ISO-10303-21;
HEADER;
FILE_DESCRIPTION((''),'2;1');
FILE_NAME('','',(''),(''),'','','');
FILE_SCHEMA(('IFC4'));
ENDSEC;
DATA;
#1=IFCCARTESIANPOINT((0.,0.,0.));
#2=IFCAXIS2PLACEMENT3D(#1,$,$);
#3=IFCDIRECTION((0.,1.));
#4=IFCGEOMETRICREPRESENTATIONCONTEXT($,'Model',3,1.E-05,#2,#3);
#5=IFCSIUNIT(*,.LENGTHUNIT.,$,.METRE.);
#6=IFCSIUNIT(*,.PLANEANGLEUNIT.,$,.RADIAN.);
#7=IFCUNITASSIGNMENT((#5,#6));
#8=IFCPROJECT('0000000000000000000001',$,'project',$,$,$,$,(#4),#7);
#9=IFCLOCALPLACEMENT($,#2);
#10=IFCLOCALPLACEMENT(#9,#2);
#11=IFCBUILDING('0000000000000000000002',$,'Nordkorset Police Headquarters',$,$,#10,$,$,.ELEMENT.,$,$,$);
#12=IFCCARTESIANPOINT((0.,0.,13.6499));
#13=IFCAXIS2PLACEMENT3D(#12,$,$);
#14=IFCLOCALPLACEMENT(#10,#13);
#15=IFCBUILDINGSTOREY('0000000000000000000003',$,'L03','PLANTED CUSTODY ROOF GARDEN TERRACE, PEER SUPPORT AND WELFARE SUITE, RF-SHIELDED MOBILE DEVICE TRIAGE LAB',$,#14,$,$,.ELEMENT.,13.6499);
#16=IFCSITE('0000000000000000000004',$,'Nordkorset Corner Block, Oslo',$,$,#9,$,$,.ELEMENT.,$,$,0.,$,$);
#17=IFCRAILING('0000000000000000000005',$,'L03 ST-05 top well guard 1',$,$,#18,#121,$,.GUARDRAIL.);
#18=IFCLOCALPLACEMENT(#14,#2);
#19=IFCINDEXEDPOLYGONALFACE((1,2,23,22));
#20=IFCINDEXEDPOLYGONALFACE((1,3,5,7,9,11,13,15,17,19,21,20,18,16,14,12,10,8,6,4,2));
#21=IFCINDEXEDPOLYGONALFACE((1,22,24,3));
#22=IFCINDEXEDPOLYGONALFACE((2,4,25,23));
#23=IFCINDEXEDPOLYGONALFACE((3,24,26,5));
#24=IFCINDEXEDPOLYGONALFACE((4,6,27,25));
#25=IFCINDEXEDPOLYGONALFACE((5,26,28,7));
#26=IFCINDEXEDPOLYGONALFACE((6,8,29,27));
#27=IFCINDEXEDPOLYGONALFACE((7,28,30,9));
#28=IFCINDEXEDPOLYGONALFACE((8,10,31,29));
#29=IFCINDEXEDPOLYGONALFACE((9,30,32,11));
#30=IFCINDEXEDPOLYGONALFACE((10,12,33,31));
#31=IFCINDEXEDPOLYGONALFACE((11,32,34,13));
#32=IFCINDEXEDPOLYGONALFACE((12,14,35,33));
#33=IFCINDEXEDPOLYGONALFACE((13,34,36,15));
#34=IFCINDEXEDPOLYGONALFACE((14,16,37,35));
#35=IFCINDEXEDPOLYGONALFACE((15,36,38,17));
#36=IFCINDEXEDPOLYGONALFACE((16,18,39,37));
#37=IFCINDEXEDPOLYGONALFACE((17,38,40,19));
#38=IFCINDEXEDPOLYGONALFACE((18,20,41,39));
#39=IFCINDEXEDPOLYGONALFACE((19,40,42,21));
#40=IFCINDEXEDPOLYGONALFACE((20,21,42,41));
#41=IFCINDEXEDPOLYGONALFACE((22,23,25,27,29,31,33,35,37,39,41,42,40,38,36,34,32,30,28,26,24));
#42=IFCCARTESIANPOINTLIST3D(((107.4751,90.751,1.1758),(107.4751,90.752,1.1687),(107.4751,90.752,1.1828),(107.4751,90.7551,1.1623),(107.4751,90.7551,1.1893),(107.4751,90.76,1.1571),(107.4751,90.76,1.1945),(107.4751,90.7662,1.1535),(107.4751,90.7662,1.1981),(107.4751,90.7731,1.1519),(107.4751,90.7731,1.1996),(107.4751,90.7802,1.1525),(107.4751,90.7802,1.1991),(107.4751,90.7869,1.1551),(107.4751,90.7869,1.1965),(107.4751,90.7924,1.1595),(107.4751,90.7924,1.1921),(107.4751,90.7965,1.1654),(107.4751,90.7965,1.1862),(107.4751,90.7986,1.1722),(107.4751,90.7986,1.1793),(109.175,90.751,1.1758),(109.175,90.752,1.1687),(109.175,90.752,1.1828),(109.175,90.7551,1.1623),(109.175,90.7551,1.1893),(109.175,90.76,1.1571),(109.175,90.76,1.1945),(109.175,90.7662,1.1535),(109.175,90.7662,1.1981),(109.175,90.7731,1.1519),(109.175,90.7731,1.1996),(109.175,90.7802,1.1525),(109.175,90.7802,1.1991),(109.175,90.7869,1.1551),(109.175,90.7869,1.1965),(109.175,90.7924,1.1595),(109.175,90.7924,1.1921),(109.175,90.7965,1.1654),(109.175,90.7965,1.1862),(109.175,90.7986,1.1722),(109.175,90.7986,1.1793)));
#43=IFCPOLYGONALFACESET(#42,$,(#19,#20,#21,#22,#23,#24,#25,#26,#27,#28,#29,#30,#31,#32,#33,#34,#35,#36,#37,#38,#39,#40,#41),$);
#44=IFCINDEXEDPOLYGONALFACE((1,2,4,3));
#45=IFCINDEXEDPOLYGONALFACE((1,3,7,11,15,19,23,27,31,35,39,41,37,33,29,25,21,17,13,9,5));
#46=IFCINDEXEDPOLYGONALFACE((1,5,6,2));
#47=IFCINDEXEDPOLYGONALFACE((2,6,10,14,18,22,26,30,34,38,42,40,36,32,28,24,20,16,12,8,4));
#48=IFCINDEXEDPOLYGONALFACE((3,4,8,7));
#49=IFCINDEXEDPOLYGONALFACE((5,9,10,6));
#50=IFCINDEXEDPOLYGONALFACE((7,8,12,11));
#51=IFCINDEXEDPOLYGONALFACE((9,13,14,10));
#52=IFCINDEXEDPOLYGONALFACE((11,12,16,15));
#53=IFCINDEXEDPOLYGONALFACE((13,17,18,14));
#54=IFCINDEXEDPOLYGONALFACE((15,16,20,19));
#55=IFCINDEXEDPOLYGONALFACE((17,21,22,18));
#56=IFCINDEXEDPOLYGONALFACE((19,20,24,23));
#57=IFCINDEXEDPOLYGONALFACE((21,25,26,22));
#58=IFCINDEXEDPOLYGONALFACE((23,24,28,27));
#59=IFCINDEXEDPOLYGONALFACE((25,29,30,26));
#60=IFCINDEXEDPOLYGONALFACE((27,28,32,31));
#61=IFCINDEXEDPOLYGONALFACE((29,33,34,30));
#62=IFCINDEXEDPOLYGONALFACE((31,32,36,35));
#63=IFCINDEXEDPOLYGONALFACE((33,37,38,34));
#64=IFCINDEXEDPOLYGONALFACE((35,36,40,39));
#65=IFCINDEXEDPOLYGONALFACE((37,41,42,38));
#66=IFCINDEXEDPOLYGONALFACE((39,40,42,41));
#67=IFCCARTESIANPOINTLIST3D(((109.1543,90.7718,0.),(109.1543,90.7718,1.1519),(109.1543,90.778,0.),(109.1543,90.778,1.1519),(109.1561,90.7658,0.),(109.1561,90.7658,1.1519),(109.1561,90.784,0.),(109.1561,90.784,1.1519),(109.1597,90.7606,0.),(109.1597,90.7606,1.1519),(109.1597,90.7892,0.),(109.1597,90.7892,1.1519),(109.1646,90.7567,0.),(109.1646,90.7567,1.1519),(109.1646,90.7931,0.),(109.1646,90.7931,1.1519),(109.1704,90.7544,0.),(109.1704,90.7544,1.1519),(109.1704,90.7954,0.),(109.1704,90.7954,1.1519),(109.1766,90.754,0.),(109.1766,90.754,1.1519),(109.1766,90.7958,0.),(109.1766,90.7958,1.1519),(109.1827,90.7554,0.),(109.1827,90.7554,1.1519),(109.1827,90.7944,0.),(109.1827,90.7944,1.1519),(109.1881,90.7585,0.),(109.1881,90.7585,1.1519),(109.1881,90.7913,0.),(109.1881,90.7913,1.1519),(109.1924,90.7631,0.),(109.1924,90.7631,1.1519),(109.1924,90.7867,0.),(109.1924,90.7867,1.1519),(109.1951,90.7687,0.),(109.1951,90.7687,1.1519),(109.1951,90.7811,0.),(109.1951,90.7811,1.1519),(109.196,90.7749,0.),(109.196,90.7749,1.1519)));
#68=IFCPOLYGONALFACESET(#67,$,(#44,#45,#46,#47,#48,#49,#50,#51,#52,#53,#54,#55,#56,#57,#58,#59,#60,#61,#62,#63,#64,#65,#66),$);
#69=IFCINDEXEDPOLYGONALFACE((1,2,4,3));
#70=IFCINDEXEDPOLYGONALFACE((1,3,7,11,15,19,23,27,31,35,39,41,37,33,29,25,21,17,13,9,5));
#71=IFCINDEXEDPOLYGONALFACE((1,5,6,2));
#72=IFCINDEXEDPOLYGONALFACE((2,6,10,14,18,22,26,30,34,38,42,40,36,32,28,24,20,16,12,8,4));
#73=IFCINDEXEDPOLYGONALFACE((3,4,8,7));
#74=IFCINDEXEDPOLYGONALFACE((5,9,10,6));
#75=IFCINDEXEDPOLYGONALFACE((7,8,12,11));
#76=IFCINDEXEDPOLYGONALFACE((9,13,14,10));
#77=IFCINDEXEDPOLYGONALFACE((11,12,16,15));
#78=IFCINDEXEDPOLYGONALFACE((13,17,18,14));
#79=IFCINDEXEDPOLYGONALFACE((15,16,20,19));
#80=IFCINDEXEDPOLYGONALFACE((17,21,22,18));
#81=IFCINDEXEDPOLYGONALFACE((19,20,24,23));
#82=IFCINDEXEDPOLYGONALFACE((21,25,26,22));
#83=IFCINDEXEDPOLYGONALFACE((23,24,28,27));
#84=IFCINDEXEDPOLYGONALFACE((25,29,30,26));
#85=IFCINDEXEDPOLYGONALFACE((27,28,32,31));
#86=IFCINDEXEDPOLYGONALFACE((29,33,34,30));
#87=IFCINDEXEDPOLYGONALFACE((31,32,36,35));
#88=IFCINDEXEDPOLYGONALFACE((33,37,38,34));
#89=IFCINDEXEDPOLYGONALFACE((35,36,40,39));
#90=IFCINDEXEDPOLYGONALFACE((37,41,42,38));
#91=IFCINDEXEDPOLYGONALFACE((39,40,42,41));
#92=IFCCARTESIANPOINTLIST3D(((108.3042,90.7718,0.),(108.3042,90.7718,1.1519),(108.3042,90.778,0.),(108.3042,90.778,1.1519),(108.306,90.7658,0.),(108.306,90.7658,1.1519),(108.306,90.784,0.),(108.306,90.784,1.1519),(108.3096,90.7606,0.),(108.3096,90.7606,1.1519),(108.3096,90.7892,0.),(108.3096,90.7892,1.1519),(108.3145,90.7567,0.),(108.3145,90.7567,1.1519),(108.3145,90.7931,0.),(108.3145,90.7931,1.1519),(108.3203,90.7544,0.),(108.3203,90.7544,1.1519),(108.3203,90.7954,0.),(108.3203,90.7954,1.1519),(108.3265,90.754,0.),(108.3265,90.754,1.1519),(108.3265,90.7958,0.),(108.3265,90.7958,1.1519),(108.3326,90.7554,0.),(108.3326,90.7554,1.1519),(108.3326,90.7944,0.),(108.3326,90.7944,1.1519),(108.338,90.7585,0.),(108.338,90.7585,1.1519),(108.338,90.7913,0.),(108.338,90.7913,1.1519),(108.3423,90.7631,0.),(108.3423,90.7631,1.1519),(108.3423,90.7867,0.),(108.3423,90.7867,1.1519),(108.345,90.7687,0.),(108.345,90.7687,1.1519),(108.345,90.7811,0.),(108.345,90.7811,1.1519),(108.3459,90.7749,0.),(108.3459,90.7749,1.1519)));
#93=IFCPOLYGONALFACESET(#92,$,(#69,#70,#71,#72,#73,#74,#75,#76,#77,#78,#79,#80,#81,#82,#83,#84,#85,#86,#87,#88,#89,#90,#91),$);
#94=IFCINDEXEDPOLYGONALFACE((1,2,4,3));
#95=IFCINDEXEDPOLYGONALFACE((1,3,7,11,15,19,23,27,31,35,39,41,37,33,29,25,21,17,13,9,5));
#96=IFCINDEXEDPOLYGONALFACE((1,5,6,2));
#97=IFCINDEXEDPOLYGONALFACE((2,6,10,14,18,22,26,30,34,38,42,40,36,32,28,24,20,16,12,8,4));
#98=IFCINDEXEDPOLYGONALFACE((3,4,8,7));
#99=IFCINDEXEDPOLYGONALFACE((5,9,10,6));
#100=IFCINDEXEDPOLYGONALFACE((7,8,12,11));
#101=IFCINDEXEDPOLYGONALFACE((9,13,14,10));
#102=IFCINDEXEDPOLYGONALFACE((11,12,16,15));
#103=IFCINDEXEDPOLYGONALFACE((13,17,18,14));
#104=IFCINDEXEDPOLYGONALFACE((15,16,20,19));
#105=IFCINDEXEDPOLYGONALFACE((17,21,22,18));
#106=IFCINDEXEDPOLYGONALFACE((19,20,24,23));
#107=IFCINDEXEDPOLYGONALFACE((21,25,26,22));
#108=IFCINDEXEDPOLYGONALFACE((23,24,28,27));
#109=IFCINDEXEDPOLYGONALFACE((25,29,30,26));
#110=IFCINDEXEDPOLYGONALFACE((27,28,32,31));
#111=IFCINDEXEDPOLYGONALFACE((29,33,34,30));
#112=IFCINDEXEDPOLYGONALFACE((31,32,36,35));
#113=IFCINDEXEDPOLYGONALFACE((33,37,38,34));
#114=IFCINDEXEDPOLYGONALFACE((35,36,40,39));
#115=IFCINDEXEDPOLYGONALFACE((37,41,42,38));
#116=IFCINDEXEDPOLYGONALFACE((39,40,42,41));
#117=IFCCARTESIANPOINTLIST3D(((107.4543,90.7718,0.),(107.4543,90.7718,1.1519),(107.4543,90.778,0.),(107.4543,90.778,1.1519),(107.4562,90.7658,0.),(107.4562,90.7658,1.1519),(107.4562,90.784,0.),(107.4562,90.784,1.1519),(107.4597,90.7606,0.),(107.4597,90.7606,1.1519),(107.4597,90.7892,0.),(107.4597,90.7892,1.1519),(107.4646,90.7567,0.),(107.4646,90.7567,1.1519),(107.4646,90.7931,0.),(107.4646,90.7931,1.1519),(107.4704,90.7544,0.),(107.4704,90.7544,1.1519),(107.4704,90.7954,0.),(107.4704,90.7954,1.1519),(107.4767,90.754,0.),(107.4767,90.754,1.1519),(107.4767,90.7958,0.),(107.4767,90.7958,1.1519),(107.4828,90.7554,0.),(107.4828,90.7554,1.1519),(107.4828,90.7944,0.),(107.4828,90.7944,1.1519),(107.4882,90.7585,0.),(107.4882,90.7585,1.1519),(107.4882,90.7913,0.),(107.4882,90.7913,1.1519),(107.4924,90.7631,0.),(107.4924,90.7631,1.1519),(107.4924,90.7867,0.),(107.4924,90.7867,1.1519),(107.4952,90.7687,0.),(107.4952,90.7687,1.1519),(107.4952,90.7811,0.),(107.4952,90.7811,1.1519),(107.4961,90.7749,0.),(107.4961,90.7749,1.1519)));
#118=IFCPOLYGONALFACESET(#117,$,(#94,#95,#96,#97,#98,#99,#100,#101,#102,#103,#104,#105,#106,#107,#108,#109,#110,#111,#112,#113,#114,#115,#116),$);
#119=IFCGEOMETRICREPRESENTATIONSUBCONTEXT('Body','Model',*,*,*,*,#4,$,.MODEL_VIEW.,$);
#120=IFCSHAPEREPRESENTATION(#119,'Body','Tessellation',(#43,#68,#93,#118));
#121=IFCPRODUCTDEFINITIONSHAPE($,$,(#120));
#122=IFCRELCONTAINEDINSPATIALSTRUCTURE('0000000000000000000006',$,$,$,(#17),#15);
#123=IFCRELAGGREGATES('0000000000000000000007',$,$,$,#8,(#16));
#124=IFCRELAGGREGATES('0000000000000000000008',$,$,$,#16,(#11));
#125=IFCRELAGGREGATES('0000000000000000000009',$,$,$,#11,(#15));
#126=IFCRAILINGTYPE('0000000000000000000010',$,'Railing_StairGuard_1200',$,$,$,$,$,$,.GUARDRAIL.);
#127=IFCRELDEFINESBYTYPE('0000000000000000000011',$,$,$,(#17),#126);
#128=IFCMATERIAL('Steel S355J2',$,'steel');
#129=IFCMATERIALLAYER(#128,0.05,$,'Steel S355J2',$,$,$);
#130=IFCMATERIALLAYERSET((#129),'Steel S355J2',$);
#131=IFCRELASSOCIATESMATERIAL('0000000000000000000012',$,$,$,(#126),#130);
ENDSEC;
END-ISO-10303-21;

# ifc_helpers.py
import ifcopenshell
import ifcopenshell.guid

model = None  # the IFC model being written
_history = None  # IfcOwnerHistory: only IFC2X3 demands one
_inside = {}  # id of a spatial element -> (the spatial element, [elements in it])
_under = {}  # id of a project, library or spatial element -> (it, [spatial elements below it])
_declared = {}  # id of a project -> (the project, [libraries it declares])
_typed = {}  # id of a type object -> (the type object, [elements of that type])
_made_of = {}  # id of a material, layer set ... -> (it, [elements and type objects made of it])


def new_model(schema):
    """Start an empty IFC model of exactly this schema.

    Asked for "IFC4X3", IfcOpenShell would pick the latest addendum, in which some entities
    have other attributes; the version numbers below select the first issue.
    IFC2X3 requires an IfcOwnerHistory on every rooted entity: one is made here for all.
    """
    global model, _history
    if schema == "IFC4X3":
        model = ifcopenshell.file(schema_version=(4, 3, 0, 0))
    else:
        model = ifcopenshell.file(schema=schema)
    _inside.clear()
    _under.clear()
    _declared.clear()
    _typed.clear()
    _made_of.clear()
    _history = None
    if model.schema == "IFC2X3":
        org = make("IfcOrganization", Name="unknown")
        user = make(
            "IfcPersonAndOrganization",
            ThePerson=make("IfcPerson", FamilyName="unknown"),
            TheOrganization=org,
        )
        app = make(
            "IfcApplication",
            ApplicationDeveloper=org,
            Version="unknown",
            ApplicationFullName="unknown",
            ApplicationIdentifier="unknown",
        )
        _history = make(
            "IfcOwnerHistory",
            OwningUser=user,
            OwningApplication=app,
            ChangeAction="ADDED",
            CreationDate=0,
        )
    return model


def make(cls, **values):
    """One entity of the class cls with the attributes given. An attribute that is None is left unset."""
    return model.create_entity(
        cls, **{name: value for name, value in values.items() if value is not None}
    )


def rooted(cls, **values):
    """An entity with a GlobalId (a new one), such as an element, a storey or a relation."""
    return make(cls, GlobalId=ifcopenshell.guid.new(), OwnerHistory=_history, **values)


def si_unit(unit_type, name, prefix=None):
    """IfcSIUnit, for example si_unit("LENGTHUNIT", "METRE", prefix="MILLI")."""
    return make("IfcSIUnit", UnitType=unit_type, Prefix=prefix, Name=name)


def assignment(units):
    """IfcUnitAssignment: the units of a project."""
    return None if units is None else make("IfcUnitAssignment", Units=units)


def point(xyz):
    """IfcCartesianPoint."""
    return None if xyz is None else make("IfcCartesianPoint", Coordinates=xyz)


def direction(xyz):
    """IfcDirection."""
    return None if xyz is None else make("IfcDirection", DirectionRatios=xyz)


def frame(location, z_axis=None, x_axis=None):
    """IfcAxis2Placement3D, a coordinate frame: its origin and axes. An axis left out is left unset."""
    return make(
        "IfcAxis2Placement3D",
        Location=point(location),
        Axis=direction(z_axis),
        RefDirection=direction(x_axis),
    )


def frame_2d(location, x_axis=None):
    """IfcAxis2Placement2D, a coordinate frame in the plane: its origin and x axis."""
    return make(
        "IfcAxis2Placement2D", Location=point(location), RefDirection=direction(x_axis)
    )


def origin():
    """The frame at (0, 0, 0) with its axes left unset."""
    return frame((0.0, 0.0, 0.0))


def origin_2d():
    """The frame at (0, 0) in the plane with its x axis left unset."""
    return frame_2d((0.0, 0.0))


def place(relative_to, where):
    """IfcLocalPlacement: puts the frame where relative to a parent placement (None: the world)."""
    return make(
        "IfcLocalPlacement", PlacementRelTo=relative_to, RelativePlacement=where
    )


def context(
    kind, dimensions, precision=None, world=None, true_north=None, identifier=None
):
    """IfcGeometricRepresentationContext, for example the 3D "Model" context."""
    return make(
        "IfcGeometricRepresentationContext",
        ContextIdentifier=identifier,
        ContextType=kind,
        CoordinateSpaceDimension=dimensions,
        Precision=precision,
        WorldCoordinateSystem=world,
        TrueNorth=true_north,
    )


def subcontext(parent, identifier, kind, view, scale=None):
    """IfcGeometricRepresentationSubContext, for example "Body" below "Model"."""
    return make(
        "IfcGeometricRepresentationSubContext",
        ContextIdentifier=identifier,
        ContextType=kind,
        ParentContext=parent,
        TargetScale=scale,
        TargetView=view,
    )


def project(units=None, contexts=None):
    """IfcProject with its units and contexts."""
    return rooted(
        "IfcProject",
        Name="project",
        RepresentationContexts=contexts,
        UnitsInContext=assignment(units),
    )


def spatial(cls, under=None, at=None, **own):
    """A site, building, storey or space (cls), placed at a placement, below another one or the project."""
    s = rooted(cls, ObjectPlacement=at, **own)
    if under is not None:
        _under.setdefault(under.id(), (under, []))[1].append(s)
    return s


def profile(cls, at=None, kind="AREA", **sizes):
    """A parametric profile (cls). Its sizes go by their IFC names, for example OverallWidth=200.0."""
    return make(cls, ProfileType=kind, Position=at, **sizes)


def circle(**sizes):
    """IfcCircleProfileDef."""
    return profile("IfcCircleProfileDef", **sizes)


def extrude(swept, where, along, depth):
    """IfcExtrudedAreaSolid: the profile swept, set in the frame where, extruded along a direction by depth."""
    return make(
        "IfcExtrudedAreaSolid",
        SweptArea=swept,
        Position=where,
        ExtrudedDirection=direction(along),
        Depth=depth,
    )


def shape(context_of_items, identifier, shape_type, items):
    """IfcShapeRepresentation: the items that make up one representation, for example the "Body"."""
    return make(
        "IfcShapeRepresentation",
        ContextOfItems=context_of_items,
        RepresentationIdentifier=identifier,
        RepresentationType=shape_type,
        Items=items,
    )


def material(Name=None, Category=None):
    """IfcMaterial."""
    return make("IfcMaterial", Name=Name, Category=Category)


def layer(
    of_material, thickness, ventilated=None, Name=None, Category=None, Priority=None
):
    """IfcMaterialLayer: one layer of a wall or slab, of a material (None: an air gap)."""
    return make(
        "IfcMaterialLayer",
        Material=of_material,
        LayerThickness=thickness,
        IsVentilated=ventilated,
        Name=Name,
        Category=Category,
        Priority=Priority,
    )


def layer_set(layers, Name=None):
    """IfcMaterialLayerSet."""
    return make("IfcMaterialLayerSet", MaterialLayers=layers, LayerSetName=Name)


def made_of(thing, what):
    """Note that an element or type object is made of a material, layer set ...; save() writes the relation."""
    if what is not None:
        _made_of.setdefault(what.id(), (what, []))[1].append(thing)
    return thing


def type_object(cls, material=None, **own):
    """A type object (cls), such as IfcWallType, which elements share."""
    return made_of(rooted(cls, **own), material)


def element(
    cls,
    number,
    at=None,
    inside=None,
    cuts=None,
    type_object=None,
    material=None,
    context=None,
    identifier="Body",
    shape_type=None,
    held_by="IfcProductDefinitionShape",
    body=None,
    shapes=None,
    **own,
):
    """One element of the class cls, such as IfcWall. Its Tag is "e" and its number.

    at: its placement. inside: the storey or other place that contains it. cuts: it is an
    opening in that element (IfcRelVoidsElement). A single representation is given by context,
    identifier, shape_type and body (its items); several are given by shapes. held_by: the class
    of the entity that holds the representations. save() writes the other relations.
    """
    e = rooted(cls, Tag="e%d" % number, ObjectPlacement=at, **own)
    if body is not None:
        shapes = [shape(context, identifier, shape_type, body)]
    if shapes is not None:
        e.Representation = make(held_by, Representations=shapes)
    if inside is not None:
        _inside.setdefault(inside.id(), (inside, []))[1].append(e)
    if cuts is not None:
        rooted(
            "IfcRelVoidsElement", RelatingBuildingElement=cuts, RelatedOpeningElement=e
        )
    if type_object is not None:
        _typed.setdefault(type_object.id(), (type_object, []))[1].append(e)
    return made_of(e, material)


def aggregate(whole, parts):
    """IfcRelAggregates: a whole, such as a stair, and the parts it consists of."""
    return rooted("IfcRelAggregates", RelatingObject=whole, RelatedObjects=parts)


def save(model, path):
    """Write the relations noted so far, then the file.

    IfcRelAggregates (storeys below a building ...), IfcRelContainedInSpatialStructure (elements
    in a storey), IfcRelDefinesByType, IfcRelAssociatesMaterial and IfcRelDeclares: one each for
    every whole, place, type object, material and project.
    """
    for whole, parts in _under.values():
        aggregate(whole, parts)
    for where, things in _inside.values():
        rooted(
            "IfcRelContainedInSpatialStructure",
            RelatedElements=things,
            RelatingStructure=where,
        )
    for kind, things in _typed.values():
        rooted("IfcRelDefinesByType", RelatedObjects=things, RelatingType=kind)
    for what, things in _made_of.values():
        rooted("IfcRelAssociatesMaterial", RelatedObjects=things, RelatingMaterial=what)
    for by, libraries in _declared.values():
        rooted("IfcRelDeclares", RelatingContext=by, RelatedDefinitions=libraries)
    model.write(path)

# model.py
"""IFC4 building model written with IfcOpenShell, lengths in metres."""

from ifc_helpers import new_model, si_unit, direction, frame, origin, origin_2d, place, context, subcontext, project, spatial, circle, extrude, material, layer, layer_set, type_object, element, save


model = new_model("IFC4")

# Units and contexts
model_context = context("Model", 3, precision=1e-05, world=origin(), true_north=direction((0.0, 1.0)))
body_context = subcontext(model_context, "Body", "Model", "MODEL_VIEW")
ifc_project = project(units=[si_unit("LENGTHUNIT", "METRE"), si_unit("PLANEANGLEUNIT", "RADIAN")], contexts=[model_context])

# Site, building, storey
site_placement = place(None, origin())
site = spatial("IfcSite", under=ifc_project, at=site_placement, Name="Nordkorset Corner Block, Oslo", CompositionType="ELEMENT", RefElevation=0.0)
building_placement = place(site_placement, origin())
building = spatial("IfcBuilding", under=site, at=building_placement, Name="Nordkorset Police Headquarters", CompositionType="ELEMENT")
storey_placement = place(building_placement, frame((0.0, 0.0, 13.6499)))
storey = spatial("IfcBuildingStorey", under=building, at=storey_placement, Name="L03", Description="PLANTED CUSTODY ROOF GARDEN TERRACE, PEER SUPPORT AND WELFARE SUITE, RF-SHIELDED MOBILE DEVICE TRIAGE LAB", CompositionType="ELEMENT", Elevation=13.6499)

# Railing
ifc_material_1 = material(Name="Steel S355J2", Category="steel")
ifc_layer_1 = layer(ifc_material_1, 0.05, Name="Steel S355J2")
ifc_layer_set_1 = layer_set([ifc_layer_1], Name="Steel S355J2")
railing_type = type_object("IfcRailingType", Name="Railing_StairGuard_1200", PredefinedType="GUARDRAIL", material=ifc_layer_set_1)
railing_placement = place(storey_placement, frame((109.175, 90.7749, 0.0)))
element("IfcRailing", 1, at=railing_placement, inside=storey, type_object=railing_type, Name="L03 ST-05 top well guard 1", PredefinedType="GUARDRAIL", context=body_context, shape_type="SweptSolid", body=[
    extrude(circle(Radius=0.0239, at=origin_2d()), frame((0.0, 0.0, 1.1758), z_axis=(-1.0, 0.0, 0.0), x_axis=(0.0, -1.0, 0.0)), (0.0, 0.0, 1.0), 1.7),
    extrude(circle(Radius=0.021, at=origin_2d()), origin(), (0.0, 0.0, 1.0), 1.1519),
    extrude(circle(Radius=0.021, at=origin_2d()), frame((-0.8501, 0.0, 0.0)), (0.0, 0.0, 1.0), 1.1519),
    extrude(circle(Radius=0.021, at=origin_2d()), frame((-1.7, 0.0, 0.0)), (0.0, 0.0, 1.0), 1.1519),
])

save(model, "model.ifc")
